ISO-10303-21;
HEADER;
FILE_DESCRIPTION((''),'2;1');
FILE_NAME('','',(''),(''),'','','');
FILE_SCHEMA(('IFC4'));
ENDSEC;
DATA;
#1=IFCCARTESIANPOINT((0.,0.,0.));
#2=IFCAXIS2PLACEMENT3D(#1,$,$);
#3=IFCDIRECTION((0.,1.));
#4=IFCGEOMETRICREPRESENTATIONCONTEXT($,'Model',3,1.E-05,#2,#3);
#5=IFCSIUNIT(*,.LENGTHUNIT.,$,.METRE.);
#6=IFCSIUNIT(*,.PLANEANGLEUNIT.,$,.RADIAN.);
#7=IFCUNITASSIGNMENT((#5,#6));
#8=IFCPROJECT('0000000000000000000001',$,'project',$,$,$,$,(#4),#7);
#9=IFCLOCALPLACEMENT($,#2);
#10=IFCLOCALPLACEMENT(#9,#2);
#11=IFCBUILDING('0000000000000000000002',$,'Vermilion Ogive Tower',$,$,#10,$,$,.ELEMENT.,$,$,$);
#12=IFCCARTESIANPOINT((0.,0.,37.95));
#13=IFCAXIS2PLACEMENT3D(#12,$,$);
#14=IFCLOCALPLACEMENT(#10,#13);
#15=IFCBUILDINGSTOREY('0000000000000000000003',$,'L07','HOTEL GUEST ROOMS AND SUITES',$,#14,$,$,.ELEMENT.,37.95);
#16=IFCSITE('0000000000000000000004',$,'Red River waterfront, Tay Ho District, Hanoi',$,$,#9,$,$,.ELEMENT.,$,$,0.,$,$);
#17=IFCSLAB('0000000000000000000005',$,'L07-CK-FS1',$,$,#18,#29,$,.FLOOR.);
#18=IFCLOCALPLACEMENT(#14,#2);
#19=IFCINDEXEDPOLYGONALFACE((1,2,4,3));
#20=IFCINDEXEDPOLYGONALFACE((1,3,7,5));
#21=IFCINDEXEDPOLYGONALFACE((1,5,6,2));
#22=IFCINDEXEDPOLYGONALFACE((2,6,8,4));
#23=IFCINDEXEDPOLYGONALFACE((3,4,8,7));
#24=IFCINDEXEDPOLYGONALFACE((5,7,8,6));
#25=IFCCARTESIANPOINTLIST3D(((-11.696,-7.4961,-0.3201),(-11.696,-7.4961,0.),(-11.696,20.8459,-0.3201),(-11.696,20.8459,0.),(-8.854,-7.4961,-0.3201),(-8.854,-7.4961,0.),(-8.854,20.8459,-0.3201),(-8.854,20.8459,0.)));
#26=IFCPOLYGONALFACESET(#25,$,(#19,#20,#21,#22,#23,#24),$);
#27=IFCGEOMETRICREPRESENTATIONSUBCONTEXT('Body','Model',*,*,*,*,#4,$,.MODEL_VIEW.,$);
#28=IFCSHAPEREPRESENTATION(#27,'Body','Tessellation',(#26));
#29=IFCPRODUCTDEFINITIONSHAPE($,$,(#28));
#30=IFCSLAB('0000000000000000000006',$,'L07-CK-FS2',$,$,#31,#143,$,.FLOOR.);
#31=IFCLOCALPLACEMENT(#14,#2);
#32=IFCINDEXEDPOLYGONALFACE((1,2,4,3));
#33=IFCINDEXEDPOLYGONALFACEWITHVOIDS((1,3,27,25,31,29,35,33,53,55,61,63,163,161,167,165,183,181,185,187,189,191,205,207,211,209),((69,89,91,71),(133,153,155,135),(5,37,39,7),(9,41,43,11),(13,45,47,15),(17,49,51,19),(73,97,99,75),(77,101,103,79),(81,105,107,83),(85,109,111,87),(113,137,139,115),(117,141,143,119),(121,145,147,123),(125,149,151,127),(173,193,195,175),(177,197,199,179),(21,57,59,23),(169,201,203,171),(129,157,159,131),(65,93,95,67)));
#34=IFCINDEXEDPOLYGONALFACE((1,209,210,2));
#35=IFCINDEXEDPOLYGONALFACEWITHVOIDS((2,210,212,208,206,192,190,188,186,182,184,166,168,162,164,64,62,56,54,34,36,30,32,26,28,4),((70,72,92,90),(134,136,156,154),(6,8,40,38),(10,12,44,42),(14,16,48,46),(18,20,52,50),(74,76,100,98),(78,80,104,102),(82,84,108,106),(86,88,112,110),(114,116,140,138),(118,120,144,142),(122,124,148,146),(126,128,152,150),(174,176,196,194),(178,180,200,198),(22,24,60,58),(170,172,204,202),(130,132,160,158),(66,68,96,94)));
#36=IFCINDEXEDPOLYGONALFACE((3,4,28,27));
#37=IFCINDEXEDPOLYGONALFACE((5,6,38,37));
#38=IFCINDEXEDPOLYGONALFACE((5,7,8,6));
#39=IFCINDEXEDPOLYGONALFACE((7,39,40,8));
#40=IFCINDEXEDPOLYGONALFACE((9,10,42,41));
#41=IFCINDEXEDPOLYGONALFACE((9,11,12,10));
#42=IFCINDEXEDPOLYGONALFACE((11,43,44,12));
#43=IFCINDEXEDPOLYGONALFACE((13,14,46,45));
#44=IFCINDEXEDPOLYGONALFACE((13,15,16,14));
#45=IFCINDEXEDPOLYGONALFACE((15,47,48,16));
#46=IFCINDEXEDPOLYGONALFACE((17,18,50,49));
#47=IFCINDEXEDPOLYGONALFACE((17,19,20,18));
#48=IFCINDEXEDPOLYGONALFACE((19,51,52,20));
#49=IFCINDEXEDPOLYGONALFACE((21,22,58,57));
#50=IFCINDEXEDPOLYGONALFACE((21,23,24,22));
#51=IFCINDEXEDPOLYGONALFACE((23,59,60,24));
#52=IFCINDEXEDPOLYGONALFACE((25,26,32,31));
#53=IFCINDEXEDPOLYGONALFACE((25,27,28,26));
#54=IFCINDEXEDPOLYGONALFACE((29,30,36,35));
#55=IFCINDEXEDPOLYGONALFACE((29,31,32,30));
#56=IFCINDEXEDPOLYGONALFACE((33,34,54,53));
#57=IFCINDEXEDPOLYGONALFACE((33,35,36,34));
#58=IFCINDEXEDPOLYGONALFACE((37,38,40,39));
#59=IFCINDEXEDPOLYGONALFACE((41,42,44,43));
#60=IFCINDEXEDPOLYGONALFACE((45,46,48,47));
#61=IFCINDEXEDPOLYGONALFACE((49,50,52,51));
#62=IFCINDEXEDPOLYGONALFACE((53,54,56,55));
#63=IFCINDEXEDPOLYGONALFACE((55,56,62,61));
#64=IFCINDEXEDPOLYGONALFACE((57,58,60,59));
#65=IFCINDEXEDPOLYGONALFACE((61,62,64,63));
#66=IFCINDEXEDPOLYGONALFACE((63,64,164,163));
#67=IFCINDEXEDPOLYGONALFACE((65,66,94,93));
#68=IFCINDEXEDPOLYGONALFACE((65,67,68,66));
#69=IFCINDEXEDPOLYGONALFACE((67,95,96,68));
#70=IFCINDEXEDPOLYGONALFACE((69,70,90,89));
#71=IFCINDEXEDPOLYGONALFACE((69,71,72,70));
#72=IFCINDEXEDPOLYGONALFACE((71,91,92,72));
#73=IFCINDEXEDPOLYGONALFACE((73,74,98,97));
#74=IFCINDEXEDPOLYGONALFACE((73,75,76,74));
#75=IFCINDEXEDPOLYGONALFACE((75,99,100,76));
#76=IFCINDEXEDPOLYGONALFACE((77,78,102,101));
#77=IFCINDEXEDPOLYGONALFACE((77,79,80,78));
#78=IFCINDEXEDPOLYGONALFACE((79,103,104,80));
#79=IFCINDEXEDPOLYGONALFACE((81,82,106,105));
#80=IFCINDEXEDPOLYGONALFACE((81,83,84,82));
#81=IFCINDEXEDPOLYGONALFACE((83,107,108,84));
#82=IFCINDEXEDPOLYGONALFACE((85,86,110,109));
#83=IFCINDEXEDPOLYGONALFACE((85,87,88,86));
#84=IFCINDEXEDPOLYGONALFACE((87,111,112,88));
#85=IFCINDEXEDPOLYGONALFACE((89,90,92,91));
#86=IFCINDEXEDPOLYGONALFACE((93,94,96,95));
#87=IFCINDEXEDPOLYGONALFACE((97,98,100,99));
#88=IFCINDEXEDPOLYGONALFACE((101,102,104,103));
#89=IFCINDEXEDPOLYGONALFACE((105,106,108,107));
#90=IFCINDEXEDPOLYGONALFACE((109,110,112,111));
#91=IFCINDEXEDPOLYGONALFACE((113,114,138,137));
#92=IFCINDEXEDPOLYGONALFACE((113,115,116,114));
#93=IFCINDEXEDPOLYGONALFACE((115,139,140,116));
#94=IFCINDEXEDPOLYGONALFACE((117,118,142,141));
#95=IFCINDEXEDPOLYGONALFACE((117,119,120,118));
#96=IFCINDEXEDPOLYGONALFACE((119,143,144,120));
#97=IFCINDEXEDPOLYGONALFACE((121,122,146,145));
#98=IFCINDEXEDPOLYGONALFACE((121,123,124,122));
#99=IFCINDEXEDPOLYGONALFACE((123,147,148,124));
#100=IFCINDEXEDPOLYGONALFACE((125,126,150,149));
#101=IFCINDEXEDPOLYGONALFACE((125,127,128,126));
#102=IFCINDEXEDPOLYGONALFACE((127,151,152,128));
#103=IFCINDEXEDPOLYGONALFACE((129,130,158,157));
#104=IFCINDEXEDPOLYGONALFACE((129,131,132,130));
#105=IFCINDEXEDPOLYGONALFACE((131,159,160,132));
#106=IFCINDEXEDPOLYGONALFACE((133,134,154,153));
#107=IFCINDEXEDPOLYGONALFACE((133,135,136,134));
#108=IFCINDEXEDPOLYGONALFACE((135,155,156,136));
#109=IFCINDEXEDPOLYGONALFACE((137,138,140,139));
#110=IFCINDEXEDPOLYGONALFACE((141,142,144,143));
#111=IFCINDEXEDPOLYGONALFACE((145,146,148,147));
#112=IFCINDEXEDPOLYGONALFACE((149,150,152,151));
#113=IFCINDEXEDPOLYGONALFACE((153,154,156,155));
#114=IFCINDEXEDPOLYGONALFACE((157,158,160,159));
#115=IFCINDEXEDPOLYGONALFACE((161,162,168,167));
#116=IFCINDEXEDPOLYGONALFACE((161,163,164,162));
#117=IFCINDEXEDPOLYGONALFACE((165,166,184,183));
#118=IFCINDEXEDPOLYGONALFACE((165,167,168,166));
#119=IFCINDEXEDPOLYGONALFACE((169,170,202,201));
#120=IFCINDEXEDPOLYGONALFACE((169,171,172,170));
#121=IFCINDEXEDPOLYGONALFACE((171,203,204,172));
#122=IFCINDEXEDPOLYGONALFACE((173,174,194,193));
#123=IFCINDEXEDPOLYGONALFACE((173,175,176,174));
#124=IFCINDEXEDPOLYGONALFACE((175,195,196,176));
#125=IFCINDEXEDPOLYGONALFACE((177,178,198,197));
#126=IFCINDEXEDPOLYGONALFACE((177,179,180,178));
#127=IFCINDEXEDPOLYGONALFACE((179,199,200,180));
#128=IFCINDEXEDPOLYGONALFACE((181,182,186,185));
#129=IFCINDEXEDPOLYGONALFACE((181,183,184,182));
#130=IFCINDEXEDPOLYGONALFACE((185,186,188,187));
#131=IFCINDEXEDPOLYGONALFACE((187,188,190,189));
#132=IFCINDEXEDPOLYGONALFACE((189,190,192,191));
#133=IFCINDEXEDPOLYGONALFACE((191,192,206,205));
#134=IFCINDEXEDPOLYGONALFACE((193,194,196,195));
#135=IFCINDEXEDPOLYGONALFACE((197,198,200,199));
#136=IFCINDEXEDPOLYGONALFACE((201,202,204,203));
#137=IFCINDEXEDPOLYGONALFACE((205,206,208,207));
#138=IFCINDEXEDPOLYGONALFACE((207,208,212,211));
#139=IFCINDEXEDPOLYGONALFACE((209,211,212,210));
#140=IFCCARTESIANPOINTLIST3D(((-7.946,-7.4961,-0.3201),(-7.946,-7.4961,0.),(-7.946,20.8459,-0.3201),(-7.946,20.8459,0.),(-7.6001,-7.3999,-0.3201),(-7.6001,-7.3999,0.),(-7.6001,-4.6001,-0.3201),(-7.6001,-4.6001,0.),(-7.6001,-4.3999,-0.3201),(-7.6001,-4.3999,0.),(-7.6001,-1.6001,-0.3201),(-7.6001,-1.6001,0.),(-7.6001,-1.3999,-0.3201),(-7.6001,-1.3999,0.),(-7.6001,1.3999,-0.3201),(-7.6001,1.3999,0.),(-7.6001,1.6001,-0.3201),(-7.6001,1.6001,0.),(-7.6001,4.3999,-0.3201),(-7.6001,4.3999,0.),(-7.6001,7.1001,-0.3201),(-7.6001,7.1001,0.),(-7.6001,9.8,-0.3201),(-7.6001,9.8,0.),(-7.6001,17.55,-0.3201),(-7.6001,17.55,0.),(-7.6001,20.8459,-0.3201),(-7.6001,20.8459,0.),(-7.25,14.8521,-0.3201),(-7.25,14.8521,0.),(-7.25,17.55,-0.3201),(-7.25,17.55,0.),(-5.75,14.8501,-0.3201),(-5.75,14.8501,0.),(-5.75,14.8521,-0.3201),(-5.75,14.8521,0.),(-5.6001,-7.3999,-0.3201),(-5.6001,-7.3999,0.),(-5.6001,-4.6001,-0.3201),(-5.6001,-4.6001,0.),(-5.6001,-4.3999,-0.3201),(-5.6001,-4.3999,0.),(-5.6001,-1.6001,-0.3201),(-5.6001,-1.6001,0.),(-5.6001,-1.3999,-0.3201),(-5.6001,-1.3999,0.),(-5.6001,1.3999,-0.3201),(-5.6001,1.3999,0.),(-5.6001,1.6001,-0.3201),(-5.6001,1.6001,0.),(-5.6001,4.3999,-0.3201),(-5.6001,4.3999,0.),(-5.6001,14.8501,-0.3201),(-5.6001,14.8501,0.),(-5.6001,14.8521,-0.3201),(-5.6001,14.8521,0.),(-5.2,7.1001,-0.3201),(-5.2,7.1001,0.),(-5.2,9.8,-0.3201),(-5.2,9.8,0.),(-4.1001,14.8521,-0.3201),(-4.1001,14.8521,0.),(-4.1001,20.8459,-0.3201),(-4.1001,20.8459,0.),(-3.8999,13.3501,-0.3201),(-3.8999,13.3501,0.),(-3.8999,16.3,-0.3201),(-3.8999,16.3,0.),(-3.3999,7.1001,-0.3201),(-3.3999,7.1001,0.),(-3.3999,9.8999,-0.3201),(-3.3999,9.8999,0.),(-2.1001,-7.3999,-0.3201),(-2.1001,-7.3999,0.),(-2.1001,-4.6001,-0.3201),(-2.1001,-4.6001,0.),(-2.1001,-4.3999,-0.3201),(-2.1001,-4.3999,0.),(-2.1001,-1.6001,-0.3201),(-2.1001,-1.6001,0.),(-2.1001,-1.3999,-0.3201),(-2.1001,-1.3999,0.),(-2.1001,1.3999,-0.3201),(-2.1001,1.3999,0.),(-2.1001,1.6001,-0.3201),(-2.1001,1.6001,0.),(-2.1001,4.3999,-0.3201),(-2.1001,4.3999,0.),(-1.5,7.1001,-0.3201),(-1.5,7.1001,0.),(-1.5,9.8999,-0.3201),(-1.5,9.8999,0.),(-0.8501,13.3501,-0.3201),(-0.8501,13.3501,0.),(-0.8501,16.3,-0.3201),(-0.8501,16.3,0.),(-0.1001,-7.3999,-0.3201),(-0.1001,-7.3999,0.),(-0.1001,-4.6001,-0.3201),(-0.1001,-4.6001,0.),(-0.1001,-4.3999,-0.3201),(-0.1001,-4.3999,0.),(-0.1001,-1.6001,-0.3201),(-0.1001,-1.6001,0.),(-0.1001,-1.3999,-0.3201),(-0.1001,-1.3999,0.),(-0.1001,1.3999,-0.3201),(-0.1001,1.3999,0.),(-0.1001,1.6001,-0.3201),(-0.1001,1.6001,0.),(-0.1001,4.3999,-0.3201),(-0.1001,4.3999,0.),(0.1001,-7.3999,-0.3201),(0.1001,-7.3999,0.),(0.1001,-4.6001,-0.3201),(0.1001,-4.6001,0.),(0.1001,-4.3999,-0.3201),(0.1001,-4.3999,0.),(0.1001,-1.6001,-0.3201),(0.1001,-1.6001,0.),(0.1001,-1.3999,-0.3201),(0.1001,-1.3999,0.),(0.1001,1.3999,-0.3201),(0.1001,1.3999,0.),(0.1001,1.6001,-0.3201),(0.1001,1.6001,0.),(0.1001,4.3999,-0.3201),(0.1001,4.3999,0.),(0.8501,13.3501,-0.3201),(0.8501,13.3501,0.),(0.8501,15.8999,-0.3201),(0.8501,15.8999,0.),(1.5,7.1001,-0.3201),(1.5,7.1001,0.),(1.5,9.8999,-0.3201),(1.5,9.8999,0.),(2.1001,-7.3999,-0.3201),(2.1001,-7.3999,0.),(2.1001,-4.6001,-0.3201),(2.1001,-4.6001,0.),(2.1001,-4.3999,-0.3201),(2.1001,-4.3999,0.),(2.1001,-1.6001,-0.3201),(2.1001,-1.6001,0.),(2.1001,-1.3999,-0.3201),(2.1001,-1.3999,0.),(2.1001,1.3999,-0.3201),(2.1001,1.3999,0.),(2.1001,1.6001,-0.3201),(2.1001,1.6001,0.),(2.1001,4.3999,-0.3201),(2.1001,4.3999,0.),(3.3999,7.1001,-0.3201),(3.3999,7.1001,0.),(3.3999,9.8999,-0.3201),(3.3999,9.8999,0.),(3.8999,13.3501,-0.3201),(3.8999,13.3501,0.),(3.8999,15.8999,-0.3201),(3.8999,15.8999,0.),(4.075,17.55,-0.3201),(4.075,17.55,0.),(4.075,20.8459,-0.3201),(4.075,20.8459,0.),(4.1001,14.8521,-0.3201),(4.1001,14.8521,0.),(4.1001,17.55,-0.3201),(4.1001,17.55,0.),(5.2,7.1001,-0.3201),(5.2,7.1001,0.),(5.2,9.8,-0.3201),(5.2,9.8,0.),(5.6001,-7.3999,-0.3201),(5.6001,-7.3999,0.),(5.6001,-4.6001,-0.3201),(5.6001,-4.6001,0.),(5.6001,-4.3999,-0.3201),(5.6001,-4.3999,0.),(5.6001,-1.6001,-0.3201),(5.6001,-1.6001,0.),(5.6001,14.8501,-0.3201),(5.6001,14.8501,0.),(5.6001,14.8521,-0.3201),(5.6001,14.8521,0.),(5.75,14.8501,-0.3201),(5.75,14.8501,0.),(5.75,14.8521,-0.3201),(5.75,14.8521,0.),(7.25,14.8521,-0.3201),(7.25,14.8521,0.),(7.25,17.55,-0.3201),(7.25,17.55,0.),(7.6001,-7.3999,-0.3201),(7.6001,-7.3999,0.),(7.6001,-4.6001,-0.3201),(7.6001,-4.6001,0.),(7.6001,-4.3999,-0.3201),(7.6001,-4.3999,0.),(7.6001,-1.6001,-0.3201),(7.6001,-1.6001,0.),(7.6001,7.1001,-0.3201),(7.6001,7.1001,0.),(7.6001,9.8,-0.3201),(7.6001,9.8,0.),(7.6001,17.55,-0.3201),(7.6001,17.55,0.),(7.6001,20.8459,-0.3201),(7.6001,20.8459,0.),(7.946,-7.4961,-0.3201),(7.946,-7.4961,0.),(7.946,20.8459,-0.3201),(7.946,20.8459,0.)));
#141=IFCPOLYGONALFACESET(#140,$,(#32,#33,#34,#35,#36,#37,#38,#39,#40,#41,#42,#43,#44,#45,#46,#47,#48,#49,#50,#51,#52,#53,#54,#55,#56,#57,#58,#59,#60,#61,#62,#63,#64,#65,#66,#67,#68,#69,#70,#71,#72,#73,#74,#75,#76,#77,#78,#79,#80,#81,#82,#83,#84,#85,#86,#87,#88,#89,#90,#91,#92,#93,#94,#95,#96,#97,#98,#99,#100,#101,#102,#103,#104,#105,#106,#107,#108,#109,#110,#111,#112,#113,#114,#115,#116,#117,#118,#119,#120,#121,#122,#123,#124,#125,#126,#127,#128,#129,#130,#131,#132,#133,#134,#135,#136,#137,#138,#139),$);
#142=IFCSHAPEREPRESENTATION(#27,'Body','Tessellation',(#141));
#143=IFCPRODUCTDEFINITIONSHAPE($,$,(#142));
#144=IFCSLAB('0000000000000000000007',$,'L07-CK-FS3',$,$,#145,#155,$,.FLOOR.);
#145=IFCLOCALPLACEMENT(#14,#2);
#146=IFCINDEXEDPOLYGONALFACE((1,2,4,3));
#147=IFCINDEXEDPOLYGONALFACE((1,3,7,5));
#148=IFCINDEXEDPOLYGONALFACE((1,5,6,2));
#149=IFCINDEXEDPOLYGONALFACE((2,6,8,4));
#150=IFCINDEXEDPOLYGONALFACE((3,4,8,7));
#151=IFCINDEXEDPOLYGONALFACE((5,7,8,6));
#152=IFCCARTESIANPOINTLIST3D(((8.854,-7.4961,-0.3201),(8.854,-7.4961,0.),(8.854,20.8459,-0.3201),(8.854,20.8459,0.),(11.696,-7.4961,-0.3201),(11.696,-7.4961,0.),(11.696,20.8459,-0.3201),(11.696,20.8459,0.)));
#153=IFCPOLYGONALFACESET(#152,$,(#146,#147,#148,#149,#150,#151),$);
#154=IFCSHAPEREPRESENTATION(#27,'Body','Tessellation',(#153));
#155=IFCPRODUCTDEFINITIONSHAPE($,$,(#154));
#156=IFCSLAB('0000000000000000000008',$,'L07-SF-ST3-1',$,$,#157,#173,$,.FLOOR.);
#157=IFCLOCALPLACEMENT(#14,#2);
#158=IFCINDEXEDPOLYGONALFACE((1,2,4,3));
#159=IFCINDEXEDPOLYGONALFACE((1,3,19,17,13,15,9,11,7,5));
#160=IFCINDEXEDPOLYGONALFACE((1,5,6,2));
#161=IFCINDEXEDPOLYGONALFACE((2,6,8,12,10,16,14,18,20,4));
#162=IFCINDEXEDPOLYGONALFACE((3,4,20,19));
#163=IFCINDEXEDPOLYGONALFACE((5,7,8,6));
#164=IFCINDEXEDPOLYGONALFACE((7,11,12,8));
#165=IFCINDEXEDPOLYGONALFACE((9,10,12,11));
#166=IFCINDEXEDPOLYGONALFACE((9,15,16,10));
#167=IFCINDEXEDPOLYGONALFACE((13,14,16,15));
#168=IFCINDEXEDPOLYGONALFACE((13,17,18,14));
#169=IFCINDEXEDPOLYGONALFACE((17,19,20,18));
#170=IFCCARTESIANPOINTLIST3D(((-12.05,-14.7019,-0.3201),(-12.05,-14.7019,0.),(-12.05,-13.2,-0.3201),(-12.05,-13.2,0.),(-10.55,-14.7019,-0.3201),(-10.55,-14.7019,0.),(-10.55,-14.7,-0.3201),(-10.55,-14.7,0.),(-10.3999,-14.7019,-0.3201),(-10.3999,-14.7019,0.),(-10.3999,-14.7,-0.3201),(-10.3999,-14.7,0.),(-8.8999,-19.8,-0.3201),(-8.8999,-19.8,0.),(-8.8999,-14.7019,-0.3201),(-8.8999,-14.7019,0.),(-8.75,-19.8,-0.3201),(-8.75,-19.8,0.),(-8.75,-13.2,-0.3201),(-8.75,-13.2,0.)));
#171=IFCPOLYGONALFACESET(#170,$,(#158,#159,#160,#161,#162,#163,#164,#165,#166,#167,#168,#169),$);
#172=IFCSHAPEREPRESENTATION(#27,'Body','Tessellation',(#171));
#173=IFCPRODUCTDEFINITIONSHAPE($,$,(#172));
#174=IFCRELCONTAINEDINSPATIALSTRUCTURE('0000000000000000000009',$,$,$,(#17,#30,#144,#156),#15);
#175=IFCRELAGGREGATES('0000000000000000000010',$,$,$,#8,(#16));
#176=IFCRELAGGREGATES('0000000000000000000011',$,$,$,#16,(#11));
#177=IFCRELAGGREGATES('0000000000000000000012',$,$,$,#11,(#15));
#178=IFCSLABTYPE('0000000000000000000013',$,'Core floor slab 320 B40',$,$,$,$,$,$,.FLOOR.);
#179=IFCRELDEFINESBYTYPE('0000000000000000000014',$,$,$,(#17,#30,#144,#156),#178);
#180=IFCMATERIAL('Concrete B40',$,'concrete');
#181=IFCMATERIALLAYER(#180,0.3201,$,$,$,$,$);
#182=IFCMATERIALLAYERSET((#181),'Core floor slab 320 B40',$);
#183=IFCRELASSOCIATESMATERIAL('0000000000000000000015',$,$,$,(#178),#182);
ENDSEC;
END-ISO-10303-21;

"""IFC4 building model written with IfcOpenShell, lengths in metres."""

from ifc_helpers import new_model, si_unit, direction, frame, origin, place, context, subcontext, project, spatial, polyline, outline, extrude, material, layer, layer_set, type_object, element, save


model = new_model("IFC4")

# Units and contexts
model_context = context("Model", 3, precision=1e-05, world=origin(), true_north=direction((0.0, 1.0)))
body_context = subcontext(model_context, "Body", "Model", "MODEL_VIEW")
ifc_project = project(units=[si_unit("LENGTHUNIT", "METRE"), si_unit("PLANEANGLEUNIT", "RADIAN")], contexts=[model_context])

# Site, building, storey
site_placement = place(None, origin())
site = spatial("IfcSite", under=ifc_project, at=site_placement, Name="Red River waterfront, Tay Ho District, Hanoi", CompositionType="ELEMENT", RefElevation=0.0)
building_placement = place(site_placement, origin())
building = spatial("IfcBuilding", under=site, at=building_placement, Name="Vermilion Ogive Tower", CompositionType="ELEMENT")
storey_placement = place(building_placement, frame((0.0, 0.0, 37.95)))
storey = spatial("IfcBuildingStorey", under=building, at=storey_placement, Name="L07", Description="HOTEL GUEST ROOMS AND SUITES", CompositionType="ELEMENT", Elevation=37.95)

# Slabs
ifc_material_1 = material(Name="Concrete B40", Category="concrete")
ifc_layer_1 = layer(ifc_material_1, 0.3201)
ifc_layer_set_1 = layer_set([ifc_layer_1], Name="Core floor slab 320 B40")
slab_type_1 = type_object("IfcSlabType", Name="Core floor slab 320 B40", PredefinedType="FLOOR", material=ifc_layer_set_1)
slab_1_placement = place(storey_placement, frame((0.0, 0.0, -0.3201)))
element("IfcSlab", 1, at=slab_1_placement, inside=storey, type_object=slab_type_1, Name="L07-CK-FS1", PredefinedType="FLOOR", context=body_context, shape_type="SweptSolid", body=[
    extrude(outline(polyline([(-8.854, -7.4961), (-11.696, -7.4961), (-11.696, 20.8459), (-8.854, 20.8459), (-8.854, -7.4961)])), origin(), (0.0, 0.0, 1.0), 0.3201),
])
slab_2_placement = place(storey_placement, frame((0.0, 0.0, -0.3201)))
element("IfcSlab", 2, at=slab_2_placement, inside=storey, type_object=slab_type_1, Name="L07-CK-FS2", PredefinedType="FLOOR", context=body_context, shape_type="SweptSolid", body=[
    extrude(outline(polyline([(5.75, 14.8501), (5.6001, 14.8501), (5.6001, 14.8521), (4.1001, 14.8521), (4.1001, 17.55), (4.075, 17.55), (4.075, 20.8459), (-4.1001, 20.8459), (-4.1001, 14.8521), (-5.6001, 14.8521), (-5.6001, 14.8501), (-5.75, 14.8501), (-5.75, 14.8521), (-7.25, 14.8521), (-7.25, 17.55), (-7.6001, 17.55), (-7.6001, 20.8459), (-7.946, 20.8459), (-7.946, -7.4961), (7.946, -7.4961), (7.946, 20.8459), (7.6001, 20.8459), (7.6001, 17.55), (7.25, 17.55), (7.25, 14.8521), (5.75, 14.8521), (5.75, 14.8501)]), holes=[polyline([(-7.6001, -4.6001), (-5.6001, -4.6001), (-5.6001, -7.3999), (-7.6001, -7.3999), (-7.6001, -4.6001)]), polyline([(-2.1001, -4.6001), (-0.1001, -4.6001), (-0.1001, -7.3999), (-2.1001, -7.3999), (-2.1001, -4.6001)]), polyline([(-7.6001, -4.3999), (-7.6001, -1.6001), (-5.6001, -1.6001), (-5.6001, -4.3999), (-7.6001, -4.3999)]), polyline([(-2.1001, -1.6001), (-0.1001, -1.6001), (-0.1001, -4.3999), (-2.1001, -4.3999), (-2.1001, -1.6001)]), polyline([(-7.6001, -1.3999), (-7.6001, 1.3999), (-5.6001, 1.3999), (-5.6001, -1.3999), (-7.6001, -1.3999)]), polyline([(-2.1001, 1.3999), (-0.1001, 1.3999), (-0.1001, -1.3999), (-2.1001, -1.3999), (-2.1001, 1.3999)]), polyline([(-7.6001, 4.3999), (-5.6001, 4.3999), (-5.6001, 1.6001), (-7.6001, 1.6001), (-7.6001, 4.3999)]), polyline([(-2.1001, 4.3999), (-0.1001, 4.3999), (-0.1001, 1.6001), (-2.1001, 1.6001), (-2.1001, 4.3999)]), polyline([(-7.6001, 9.8), (-5.2, 9.8), (-5.2, 7.1001), (-7.6001, 7.1001), (-7.6001, 9.8)]), polyline([(-3.3999, 9.8999), (-1.5, 9.8999), (-1.5, 7.1001), (-3.3999, 7.1001), (-3.3999, 9.8999)]), polyline([(-3.8999, 16.3), (-0.8501, 16.3), (-0.8501, 13.3501), (-3.8999, 13.3501), (-3.8999, 16.3)]), polyline([(0.1001, -4.6001), (2.1001, -4.6001), (2.1001, -7.3999), (0.1001, -7.3999), (0.1001, -4.6001)]), polyline([(5.6001, -4.6001), (7.6001, -4.6001), (7.6001, -7.3999), (5.6001, -7.3999), (5.6001, -4.6001)]), polyline([(0.1001, -1.6001), (2.1001, -1.6001), (2.1001, -4.3999), (0.1001, -4.3999), (0.1001, -1.6001)]), polyline([(5.6001, -1.6001), (7.6001, -1.6001), (7.6001, -4.3999), (5.6001, -4.3999), (5.6001, -1.6001)]), polyline([(0.1001, 1.3999), (2.1001, 1.3999), (2.1001, -1.3999), (0.1001, -1.3999), (0.1001, 1.3999)]), polyline([(0.1001, 4.3999), (2.1001, 4.3999), (2.1001, 1.6001), (0.1001, 1.6001), (0.1001, 4.3999)]), polyline([(5.2, 9.8), (7.6001, 9.8), (7.6001, 7.1001), (5.2, 7.1001), (5.2, 9.8)]), polyline([(1.5, 9.8999), (3.3999, 9.8999), (3.3999, 7.1001), (1.5, 7.1001), (1.5, 9.8999)]), polyline([(0.8501, 15.8999), (3.8999, 15.8999), (3.8999, 13.3501), (0.8501, 13.3501), (0.8501, 15.8999)])]), origin(), (0.0, 0.0, 1.0), 0.3201),
])
slab_3_placement = place(storey_placement, frame((0.0, 0.0, -0.3201)))
element("IfcSlab", 3, at=slab_3_placement, inside=storey, type_object=slab_type_1, Name="L07-CK-FS3", PredefinedType="FLOOR", context=body_context, shape_type="SweptSolid", body=[
    extrude(outline(polyline([(8.854, 20.8459), (11.696, 20.8459), (11.696, -7.4961), (8.854, -7.4961), (8.854, 20.8459)])), origin(), (0.0, 0.0, 1.0), 0.3201),
])
slab_4_placement = place(storey_placement, frame((0.0, 0.0, -0.3201)))
element("IfcSlab", 4, at=slab_4_placement, inside=storey, type_object=slab_type_1, Name="L07-SF-ST3-1", PredefinedType="FLOOR", context=body_context, shape_type="SweptSolid", body=[
    extrude(outline(polyline([(-12.05, -13.2), (-12.05, -14.7019), (-10.55, -14.7019), (-10.55, -14.7), (-10.3999, -14.7), (-10.3999, -14.7019), (-8.8999, -14.7019), (-8.8999, -19.8), (-8.75, -19.8), (-8.75, -13.2), (-12.05, -13.2)])), origin(), (0.0, 0.0, 1.0), 0.3201),
])

save(model, "model.ifc")
